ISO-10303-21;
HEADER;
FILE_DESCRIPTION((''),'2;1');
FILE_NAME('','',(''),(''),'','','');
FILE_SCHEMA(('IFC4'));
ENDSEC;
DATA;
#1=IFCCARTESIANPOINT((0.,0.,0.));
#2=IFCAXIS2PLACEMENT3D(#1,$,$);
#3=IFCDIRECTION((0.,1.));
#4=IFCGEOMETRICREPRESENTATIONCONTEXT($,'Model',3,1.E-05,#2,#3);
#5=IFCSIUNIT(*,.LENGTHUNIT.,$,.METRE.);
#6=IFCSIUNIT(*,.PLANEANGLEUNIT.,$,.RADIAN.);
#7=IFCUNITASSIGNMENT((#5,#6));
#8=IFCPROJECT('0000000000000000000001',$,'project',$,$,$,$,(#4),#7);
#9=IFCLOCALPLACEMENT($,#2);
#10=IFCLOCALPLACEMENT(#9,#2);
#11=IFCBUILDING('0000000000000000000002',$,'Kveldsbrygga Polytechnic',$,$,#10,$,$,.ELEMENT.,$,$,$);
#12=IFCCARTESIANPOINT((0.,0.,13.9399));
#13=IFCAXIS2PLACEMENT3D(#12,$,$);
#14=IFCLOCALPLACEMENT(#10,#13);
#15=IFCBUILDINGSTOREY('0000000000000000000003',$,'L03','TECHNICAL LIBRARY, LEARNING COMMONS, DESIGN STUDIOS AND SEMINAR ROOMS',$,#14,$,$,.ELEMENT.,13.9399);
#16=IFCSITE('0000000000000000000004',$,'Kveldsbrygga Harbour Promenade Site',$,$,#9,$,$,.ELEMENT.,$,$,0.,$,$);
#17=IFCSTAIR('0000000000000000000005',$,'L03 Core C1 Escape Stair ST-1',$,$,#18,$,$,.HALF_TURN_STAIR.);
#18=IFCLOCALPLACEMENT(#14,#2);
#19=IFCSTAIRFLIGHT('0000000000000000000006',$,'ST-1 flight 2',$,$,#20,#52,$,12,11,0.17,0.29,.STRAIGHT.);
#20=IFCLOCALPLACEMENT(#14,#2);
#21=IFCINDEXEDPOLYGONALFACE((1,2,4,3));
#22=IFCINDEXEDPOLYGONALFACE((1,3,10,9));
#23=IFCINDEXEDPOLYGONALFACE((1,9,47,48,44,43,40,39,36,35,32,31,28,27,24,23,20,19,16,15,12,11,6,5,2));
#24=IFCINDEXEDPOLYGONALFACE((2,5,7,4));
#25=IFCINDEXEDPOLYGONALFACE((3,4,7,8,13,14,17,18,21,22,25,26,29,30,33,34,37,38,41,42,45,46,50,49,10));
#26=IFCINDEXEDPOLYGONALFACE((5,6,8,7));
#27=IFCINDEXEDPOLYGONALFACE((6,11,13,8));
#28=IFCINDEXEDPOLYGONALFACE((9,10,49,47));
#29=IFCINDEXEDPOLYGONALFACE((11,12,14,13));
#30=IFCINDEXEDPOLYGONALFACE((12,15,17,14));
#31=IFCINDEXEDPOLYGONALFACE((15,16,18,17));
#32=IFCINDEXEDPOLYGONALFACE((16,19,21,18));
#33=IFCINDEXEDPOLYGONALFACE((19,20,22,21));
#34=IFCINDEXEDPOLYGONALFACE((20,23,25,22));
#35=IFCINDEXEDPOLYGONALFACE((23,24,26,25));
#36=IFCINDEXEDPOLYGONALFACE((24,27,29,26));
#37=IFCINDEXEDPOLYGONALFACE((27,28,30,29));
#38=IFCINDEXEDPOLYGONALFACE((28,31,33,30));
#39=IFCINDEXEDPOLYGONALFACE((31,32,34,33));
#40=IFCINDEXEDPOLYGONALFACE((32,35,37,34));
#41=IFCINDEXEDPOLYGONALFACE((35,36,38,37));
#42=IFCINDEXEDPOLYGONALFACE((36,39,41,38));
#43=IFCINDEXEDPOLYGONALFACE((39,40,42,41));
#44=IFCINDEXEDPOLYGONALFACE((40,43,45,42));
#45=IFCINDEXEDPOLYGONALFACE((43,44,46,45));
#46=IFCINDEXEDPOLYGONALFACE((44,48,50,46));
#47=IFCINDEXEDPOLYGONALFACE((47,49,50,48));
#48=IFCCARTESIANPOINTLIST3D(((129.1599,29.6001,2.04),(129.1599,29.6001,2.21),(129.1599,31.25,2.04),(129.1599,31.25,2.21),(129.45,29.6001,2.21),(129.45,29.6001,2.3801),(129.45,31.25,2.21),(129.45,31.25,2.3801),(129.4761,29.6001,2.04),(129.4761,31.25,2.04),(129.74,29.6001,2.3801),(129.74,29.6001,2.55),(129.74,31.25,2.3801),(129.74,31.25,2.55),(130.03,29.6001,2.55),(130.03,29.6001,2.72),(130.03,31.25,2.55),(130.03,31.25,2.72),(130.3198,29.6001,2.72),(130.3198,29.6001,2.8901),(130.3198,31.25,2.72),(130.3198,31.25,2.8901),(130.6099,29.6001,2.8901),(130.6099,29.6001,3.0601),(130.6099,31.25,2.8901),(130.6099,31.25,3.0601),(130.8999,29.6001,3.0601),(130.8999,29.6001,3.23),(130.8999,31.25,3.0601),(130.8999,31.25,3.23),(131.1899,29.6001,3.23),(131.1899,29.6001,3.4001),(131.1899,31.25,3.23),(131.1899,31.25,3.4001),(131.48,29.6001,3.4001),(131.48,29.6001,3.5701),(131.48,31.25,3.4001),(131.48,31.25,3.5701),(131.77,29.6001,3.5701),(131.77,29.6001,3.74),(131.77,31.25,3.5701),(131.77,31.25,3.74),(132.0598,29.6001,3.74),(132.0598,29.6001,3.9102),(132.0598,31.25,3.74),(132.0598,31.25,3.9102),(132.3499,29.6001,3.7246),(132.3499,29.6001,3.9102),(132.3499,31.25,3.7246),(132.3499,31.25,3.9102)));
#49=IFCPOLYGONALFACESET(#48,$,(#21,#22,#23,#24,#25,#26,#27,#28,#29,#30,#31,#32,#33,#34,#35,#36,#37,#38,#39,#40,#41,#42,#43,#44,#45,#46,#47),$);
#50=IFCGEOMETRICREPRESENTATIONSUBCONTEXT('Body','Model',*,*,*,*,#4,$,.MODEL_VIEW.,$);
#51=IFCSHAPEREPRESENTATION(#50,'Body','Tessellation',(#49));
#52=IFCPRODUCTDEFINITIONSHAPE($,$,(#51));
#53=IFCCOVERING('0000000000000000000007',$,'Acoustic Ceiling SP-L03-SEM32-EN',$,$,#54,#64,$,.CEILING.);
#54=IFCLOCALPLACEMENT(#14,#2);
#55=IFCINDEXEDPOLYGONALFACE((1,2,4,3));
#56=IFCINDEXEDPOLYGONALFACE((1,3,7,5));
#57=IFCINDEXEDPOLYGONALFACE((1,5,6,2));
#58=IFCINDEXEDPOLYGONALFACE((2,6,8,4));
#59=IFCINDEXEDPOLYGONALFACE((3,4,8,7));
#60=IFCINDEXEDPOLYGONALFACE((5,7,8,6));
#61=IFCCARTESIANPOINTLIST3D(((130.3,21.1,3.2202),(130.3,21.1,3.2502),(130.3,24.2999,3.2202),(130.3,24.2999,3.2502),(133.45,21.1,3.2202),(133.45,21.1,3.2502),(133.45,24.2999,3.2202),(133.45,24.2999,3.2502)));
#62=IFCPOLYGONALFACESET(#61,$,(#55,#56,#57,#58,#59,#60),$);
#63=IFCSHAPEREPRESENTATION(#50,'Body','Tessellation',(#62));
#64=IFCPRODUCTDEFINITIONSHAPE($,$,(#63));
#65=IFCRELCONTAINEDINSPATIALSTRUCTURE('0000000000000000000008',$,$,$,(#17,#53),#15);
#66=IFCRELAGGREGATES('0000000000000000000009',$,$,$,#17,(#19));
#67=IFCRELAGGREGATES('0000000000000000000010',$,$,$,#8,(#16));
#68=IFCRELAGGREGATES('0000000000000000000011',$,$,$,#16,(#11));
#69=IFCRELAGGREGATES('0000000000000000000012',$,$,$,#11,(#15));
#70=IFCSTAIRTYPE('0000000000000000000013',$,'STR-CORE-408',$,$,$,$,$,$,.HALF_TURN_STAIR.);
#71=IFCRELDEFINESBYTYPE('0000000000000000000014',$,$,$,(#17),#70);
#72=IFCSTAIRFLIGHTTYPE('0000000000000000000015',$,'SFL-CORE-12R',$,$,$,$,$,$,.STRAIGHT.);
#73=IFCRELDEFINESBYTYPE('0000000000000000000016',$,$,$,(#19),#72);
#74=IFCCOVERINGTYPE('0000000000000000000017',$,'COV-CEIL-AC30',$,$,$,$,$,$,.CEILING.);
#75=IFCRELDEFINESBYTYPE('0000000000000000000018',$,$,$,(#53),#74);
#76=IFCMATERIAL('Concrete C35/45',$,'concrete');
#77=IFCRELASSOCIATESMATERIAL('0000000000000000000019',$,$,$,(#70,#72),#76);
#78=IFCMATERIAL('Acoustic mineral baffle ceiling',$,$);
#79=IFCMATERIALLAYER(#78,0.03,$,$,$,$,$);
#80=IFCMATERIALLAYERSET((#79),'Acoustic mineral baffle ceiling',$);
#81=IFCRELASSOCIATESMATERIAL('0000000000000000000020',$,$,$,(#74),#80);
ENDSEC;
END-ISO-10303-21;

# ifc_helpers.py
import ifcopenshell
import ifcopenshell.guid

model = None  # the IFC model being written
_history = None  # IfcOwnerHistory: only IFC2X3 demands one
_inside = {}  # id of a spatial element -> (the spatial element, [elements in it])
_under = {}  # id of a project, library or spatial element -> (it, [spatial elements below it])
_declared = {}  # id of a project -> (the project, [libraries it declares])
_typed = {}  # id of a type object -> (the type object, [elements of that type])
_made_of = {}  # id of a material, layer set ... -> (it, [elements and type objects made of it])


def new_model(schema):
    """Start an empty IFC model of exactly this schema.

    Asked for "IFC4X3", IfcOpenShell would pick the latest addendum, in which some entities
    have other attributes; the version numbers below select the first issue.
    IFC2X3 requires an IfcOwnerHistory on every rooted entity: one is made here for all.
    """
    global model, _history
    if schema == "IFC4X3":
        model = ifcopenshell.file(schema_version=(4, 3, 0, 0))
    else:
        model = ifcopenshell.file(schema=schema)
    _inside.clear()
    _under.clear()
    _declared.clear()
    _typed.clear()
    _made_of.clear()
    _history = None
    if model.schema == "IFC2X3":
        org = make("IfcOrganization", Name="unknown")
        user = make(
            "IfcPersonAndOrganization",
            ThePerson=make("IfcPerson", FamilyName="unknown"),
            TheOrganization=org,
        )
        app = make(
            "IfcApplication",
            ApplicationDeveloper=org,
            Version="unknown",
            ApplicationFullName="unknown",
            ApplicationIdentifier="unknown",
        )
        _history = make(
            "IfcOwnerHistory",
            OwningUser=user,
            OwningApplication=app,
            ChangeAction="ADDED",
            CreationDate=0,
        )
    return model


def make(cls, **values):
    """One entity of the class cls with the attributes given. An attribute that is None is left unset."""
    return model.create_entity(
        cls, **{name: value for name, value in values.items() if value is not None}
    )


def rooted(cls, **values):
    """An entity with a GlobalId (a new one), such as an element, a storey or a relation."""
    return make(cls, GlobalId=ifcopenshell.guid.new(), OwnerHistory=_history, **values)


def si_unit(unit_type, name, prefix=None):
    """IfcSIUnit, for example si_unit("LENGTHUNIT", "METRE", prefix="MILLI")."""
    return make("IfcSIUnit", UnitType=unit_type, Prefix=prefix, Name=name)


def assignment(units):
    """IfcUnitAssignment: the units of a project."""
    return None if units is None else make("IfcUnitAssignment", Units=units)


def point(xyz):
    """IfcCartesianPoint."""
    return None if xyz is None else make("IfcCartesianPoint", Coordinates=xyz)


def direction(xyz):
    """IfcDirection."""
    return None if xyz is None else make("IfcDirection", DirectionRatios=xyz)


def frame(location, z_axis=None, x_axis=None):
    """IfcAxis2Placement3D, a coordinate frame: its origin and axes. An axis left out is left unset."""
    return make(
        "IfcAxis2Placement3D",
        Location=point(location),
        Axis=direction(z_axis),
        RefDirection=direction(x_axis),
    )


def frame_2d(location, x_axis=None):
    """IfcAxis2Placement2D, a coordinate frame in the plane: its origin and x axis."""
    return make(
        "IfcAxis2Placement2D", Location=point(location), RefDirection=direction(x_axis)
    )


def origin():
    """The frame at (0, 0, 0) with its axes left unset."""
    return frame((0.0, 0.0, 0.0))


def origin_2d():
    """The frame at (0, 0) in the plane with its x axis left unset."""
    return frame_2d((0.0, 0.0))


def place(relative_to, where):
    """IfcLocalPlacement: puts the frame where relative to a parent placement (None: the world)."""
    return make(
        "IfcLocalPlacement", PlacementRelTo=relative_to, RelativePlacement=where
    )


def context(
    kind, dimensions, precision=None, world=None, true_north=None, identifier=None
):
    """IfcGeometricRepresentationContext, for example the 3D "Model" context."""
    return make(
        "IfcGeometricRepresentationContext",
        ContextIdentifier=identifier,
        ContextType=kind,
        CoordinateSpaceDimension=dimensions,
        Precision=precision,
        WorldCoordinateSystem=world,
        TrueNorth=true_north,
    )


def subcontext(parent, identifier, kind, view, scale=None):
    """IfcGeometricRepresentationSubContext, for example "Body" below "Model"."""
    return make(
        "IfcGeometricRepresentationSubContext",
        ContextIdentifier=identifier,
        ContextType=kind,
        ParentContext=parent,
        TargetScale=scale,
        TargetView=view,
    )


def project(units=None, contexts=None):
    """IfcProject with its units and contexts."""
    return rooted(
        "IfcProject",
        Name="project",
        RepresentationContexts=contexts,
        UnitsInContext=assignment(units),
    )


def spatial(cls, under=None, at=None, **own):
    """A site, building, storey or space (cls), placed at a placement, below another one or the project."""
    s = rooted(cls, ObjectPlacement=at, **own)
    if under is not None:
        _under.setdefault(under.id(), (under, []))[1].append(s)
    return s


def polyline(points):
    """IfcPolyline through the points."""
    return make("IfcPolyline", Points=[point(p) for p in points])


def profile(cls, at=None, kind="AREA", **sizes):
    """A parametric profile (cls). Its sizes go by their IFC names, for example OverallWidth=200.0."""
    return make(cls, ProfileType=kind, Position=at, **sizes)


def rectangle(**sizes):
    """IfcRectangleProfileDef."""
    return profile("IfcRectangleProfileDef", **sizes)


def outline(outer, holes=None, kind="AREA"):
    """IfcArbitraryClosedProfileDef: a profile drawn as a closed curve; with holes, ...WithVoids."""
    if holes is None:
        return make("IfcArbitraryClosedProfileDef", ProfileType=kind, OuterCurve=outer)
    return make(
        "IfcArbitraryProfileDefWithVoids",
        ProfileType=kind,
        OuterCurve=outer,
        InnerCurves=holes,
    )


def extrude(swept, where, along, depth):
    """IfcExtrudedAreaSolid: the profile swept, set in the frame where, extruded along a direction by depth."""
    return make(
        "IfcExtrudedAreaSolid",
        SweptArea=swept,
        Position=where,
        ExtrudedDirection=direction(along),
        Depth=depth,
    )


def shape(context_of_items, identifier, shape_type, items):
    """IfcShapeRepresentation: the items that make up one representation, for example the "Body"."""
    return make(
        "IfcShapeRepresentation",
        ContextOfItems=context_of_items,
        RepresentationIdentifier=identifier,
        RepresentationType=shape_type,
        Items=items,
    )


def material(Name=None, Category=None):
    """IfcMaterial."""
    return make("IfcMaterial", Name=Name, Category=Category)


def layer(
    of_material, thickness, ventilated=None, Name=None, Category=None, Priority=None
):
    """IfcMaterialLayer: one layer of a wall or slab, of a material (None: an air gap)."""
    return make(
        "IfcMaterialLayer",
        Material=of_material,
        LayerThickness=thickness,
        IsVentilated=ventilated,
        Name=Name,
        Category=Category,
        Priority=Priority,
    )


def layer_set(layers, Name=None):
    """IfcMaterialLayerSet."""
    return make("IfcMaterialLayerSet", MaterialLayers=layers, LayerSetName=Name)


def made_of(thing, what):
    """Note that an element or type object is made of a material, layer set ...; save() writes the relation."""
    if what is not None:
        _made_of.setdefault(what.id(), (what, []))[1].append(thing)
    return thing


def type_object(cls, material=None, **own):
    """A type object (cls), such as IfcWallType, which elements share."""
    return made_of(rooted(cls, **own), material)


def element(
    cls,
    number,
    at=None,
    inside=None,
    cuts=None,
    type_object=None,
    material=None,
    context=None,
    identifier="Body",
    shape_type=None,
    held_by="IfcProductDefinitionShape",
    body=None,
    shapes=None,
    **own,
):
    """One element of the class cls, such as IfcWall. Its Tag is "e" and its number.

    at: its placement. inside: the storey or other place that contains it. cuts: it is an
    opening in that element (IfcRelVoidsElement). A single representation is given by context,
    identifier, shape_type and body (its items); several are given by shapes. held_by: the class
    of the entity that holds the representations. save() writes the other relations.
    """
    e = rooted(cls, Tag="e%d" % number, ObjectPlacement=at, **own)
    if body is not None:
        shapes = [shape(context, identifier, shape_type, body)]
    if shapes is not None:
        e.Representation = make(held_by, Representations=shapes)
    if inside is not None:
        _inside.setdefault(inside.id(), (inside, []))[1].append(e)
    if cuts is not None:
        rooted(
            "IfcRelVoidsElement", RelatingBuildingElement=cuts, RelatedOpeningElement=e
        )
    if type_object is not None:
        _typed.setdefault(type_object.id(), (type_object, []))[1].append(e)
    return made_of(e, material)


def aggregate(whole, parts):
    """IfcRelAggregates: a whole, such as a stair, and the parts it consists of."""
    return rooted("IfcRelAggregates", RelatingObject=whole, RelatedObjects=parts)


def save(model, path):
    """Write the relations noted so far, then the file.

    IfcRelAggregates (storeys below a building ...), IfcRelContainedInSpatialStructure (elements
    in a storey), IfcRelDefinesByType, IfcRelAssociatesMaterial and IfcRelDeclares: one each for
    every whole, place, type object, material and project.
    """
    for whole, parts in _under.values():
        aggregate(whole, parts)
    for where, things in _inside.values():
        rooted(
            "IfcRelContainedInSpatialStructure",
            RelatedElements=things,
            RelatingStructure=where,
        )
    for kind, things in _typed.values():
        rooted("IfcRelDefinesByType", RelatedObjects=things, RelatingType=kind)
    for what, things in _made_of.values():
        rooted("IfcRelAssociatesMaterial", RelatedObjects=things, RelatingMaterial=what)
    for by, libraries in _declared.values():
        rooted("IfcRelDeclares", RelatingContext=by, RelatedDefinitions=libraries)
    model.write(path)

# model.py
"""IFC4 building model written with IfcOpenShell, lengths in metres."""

from ifc_helpers import new_model, si_unit, direction, frame, origin, origin_2d, place, context, subcontext, project, spatial, polyline, rectangle, outline, extrude, material, layer, layer_set, type_object, element, aggregate, save


model = new_model("IFC4")

# Units and contexts
model_context = context("Model", 3, precision=1e-05, world=origin(), true_north=direction((0.0, 1.0)))
body_context = subcontext(model_context, "Body", "Model", "MODEL_VIEW")
ifc_project = project(units=[si_unit("LENGTHUNIT", "METRE"), si_unit("PLANEANGLEUNIT", "RADIAN")], contexts=[model_context])

# Site, building, storey
site_placement = place(None, origin())
site = spatial("IfcSite", under=ifc_project, at=site_placement, Name="Kveldsbrygga Harbour Promenade Site", CompositionType="ELEMENT", RefElevation=0.0)
building_placement = place(site_placement, origin())
building = spatial("IfcBuilding", under=site, at=building_placement, Name="Kveldsbrygga Polytechnic", CompositionType="ELEMENT")
storey_placement = place(building_placement, frame((0.0, 0.0, 13.9399)))
storey = spatial("IfcBuildingStorey", under=building, at=storey_placement, Name="L03", Description="TECHNICAL LIBRARY, LEARNING COMMONS, DESIGN STUDIOS AND SEMINAR ROOMS", CompositionType="ELEMENT", Elevation=13.9399)

# Shared definitions
ifc_material_1 = material(Name="Concrete C35/45", Category="concrete")

# Stair, stair flight
stair_type = type_object("IfcStairType", Name="STR-CORE-408", PredefinedType="HALF_TURN_STAIR", material=ifc_material_1)
stair_placement = place(storey_placement, origin())
stair = element("IfcStair", 1, at=stair_placement, inside=storey, type_object=stair_type, Name="L03 Core C1 Escape Stair ST-1", PredefinedType="HALF_TURN_STAIR")
stair_flight_type = type_object("IfcStairFlightType", Name="SFL-CORE-12R", PredefinedType="STRAIGHT", material=ifc_material_1)
stair_flight_1_placement = place(storey_placement, frame((129.1599, 30.425, 2.04), z_axis=(0.0, 0.0, 1.0), x_axis=(1.0, 0.0, 0.0)))
stair_flight_1 = element("IfcStairFlight", 2, at=stair_flight_1_placement, type_object=stair_flight_type, Name="ST-1 flight 2", NumberOfRisers=12, NumberOfTreads=11, PredefinedType="STRAIGHT", RiserHeight=0.17, TreadLength=0.29, context=body_context, shape_type="SweptSolid", body=[
    extrude(outline(polyline([(0.0, 0.0), (0.0, 0.1699), (0.29, 0.1699), (0.29, 0.3401), (0.5801, 0.3401), (0.5801, 0.51), (0.8701, 0.51), (0.8701, 0.6799), (1.1599, 0.6799), (1.1599, 0.8501), (1.45, 0.8501), (1.45, 1.02), (1.74, 1.02), (1.74, 1.1899), (2.03, 1.1899), (2.03, 1.3601), (2.3201, 1.3601), (2.3201, 1.53), (2.6101, 1.53), (2.6101, 1.7), (2.8999, 1.7), (2.8999, 1.8701), (3.1899, 1.8701), (3.1899, 2.04), (3.1899, 1.6846), (0.3162, 0.0), (0.0, 0.0)])), frame((0.0, 0.825, 0.0), z_axis=(0.0, -1.0, 0.0), x_axis=(1.0, 0.0, 0.0)), (0.0, 0.0, 1.0), 1.6499),
])
aggregate(stair, [stair_flight_1])

# Covering
ifc_material_2 = material(Name="Acoustic mineral baffle ceiling")
ifc_layer_1 = layer(ifc_material_2, 0.03)
ifc_layer_set_1 = layer_set([ifc_layer_1], Name="Acoustic mineral baffle ceiling")
covering_type = type_object("IfcCoveringType", Name="COV-CEIL-AC30", PredefinedType="CEILING", material=ifc_layer_set_1)
covering_placement = place(storey_placement, frame((131.875, 22.7, 3.2202), z_axis=(0.0, 0.0, 1.0), x_axis=(1.0, 0.0, 0.0)))
element("IfcCovering", 3, at=covering_placement, inside=storey, type_object=covering_type, Name="Acoustic Ceiling SP-L03-SEM32-EN", PredefinedType="CEILING", context=body_context, shape_type="SweptSolid", body=[
    extrude(rectangle(XDim=3.1499, YDim=3.2, at=origin_2d()), origin(), (0.0, 0.0, 1.0), 0.03),
])

save(model, "model.ifc")
